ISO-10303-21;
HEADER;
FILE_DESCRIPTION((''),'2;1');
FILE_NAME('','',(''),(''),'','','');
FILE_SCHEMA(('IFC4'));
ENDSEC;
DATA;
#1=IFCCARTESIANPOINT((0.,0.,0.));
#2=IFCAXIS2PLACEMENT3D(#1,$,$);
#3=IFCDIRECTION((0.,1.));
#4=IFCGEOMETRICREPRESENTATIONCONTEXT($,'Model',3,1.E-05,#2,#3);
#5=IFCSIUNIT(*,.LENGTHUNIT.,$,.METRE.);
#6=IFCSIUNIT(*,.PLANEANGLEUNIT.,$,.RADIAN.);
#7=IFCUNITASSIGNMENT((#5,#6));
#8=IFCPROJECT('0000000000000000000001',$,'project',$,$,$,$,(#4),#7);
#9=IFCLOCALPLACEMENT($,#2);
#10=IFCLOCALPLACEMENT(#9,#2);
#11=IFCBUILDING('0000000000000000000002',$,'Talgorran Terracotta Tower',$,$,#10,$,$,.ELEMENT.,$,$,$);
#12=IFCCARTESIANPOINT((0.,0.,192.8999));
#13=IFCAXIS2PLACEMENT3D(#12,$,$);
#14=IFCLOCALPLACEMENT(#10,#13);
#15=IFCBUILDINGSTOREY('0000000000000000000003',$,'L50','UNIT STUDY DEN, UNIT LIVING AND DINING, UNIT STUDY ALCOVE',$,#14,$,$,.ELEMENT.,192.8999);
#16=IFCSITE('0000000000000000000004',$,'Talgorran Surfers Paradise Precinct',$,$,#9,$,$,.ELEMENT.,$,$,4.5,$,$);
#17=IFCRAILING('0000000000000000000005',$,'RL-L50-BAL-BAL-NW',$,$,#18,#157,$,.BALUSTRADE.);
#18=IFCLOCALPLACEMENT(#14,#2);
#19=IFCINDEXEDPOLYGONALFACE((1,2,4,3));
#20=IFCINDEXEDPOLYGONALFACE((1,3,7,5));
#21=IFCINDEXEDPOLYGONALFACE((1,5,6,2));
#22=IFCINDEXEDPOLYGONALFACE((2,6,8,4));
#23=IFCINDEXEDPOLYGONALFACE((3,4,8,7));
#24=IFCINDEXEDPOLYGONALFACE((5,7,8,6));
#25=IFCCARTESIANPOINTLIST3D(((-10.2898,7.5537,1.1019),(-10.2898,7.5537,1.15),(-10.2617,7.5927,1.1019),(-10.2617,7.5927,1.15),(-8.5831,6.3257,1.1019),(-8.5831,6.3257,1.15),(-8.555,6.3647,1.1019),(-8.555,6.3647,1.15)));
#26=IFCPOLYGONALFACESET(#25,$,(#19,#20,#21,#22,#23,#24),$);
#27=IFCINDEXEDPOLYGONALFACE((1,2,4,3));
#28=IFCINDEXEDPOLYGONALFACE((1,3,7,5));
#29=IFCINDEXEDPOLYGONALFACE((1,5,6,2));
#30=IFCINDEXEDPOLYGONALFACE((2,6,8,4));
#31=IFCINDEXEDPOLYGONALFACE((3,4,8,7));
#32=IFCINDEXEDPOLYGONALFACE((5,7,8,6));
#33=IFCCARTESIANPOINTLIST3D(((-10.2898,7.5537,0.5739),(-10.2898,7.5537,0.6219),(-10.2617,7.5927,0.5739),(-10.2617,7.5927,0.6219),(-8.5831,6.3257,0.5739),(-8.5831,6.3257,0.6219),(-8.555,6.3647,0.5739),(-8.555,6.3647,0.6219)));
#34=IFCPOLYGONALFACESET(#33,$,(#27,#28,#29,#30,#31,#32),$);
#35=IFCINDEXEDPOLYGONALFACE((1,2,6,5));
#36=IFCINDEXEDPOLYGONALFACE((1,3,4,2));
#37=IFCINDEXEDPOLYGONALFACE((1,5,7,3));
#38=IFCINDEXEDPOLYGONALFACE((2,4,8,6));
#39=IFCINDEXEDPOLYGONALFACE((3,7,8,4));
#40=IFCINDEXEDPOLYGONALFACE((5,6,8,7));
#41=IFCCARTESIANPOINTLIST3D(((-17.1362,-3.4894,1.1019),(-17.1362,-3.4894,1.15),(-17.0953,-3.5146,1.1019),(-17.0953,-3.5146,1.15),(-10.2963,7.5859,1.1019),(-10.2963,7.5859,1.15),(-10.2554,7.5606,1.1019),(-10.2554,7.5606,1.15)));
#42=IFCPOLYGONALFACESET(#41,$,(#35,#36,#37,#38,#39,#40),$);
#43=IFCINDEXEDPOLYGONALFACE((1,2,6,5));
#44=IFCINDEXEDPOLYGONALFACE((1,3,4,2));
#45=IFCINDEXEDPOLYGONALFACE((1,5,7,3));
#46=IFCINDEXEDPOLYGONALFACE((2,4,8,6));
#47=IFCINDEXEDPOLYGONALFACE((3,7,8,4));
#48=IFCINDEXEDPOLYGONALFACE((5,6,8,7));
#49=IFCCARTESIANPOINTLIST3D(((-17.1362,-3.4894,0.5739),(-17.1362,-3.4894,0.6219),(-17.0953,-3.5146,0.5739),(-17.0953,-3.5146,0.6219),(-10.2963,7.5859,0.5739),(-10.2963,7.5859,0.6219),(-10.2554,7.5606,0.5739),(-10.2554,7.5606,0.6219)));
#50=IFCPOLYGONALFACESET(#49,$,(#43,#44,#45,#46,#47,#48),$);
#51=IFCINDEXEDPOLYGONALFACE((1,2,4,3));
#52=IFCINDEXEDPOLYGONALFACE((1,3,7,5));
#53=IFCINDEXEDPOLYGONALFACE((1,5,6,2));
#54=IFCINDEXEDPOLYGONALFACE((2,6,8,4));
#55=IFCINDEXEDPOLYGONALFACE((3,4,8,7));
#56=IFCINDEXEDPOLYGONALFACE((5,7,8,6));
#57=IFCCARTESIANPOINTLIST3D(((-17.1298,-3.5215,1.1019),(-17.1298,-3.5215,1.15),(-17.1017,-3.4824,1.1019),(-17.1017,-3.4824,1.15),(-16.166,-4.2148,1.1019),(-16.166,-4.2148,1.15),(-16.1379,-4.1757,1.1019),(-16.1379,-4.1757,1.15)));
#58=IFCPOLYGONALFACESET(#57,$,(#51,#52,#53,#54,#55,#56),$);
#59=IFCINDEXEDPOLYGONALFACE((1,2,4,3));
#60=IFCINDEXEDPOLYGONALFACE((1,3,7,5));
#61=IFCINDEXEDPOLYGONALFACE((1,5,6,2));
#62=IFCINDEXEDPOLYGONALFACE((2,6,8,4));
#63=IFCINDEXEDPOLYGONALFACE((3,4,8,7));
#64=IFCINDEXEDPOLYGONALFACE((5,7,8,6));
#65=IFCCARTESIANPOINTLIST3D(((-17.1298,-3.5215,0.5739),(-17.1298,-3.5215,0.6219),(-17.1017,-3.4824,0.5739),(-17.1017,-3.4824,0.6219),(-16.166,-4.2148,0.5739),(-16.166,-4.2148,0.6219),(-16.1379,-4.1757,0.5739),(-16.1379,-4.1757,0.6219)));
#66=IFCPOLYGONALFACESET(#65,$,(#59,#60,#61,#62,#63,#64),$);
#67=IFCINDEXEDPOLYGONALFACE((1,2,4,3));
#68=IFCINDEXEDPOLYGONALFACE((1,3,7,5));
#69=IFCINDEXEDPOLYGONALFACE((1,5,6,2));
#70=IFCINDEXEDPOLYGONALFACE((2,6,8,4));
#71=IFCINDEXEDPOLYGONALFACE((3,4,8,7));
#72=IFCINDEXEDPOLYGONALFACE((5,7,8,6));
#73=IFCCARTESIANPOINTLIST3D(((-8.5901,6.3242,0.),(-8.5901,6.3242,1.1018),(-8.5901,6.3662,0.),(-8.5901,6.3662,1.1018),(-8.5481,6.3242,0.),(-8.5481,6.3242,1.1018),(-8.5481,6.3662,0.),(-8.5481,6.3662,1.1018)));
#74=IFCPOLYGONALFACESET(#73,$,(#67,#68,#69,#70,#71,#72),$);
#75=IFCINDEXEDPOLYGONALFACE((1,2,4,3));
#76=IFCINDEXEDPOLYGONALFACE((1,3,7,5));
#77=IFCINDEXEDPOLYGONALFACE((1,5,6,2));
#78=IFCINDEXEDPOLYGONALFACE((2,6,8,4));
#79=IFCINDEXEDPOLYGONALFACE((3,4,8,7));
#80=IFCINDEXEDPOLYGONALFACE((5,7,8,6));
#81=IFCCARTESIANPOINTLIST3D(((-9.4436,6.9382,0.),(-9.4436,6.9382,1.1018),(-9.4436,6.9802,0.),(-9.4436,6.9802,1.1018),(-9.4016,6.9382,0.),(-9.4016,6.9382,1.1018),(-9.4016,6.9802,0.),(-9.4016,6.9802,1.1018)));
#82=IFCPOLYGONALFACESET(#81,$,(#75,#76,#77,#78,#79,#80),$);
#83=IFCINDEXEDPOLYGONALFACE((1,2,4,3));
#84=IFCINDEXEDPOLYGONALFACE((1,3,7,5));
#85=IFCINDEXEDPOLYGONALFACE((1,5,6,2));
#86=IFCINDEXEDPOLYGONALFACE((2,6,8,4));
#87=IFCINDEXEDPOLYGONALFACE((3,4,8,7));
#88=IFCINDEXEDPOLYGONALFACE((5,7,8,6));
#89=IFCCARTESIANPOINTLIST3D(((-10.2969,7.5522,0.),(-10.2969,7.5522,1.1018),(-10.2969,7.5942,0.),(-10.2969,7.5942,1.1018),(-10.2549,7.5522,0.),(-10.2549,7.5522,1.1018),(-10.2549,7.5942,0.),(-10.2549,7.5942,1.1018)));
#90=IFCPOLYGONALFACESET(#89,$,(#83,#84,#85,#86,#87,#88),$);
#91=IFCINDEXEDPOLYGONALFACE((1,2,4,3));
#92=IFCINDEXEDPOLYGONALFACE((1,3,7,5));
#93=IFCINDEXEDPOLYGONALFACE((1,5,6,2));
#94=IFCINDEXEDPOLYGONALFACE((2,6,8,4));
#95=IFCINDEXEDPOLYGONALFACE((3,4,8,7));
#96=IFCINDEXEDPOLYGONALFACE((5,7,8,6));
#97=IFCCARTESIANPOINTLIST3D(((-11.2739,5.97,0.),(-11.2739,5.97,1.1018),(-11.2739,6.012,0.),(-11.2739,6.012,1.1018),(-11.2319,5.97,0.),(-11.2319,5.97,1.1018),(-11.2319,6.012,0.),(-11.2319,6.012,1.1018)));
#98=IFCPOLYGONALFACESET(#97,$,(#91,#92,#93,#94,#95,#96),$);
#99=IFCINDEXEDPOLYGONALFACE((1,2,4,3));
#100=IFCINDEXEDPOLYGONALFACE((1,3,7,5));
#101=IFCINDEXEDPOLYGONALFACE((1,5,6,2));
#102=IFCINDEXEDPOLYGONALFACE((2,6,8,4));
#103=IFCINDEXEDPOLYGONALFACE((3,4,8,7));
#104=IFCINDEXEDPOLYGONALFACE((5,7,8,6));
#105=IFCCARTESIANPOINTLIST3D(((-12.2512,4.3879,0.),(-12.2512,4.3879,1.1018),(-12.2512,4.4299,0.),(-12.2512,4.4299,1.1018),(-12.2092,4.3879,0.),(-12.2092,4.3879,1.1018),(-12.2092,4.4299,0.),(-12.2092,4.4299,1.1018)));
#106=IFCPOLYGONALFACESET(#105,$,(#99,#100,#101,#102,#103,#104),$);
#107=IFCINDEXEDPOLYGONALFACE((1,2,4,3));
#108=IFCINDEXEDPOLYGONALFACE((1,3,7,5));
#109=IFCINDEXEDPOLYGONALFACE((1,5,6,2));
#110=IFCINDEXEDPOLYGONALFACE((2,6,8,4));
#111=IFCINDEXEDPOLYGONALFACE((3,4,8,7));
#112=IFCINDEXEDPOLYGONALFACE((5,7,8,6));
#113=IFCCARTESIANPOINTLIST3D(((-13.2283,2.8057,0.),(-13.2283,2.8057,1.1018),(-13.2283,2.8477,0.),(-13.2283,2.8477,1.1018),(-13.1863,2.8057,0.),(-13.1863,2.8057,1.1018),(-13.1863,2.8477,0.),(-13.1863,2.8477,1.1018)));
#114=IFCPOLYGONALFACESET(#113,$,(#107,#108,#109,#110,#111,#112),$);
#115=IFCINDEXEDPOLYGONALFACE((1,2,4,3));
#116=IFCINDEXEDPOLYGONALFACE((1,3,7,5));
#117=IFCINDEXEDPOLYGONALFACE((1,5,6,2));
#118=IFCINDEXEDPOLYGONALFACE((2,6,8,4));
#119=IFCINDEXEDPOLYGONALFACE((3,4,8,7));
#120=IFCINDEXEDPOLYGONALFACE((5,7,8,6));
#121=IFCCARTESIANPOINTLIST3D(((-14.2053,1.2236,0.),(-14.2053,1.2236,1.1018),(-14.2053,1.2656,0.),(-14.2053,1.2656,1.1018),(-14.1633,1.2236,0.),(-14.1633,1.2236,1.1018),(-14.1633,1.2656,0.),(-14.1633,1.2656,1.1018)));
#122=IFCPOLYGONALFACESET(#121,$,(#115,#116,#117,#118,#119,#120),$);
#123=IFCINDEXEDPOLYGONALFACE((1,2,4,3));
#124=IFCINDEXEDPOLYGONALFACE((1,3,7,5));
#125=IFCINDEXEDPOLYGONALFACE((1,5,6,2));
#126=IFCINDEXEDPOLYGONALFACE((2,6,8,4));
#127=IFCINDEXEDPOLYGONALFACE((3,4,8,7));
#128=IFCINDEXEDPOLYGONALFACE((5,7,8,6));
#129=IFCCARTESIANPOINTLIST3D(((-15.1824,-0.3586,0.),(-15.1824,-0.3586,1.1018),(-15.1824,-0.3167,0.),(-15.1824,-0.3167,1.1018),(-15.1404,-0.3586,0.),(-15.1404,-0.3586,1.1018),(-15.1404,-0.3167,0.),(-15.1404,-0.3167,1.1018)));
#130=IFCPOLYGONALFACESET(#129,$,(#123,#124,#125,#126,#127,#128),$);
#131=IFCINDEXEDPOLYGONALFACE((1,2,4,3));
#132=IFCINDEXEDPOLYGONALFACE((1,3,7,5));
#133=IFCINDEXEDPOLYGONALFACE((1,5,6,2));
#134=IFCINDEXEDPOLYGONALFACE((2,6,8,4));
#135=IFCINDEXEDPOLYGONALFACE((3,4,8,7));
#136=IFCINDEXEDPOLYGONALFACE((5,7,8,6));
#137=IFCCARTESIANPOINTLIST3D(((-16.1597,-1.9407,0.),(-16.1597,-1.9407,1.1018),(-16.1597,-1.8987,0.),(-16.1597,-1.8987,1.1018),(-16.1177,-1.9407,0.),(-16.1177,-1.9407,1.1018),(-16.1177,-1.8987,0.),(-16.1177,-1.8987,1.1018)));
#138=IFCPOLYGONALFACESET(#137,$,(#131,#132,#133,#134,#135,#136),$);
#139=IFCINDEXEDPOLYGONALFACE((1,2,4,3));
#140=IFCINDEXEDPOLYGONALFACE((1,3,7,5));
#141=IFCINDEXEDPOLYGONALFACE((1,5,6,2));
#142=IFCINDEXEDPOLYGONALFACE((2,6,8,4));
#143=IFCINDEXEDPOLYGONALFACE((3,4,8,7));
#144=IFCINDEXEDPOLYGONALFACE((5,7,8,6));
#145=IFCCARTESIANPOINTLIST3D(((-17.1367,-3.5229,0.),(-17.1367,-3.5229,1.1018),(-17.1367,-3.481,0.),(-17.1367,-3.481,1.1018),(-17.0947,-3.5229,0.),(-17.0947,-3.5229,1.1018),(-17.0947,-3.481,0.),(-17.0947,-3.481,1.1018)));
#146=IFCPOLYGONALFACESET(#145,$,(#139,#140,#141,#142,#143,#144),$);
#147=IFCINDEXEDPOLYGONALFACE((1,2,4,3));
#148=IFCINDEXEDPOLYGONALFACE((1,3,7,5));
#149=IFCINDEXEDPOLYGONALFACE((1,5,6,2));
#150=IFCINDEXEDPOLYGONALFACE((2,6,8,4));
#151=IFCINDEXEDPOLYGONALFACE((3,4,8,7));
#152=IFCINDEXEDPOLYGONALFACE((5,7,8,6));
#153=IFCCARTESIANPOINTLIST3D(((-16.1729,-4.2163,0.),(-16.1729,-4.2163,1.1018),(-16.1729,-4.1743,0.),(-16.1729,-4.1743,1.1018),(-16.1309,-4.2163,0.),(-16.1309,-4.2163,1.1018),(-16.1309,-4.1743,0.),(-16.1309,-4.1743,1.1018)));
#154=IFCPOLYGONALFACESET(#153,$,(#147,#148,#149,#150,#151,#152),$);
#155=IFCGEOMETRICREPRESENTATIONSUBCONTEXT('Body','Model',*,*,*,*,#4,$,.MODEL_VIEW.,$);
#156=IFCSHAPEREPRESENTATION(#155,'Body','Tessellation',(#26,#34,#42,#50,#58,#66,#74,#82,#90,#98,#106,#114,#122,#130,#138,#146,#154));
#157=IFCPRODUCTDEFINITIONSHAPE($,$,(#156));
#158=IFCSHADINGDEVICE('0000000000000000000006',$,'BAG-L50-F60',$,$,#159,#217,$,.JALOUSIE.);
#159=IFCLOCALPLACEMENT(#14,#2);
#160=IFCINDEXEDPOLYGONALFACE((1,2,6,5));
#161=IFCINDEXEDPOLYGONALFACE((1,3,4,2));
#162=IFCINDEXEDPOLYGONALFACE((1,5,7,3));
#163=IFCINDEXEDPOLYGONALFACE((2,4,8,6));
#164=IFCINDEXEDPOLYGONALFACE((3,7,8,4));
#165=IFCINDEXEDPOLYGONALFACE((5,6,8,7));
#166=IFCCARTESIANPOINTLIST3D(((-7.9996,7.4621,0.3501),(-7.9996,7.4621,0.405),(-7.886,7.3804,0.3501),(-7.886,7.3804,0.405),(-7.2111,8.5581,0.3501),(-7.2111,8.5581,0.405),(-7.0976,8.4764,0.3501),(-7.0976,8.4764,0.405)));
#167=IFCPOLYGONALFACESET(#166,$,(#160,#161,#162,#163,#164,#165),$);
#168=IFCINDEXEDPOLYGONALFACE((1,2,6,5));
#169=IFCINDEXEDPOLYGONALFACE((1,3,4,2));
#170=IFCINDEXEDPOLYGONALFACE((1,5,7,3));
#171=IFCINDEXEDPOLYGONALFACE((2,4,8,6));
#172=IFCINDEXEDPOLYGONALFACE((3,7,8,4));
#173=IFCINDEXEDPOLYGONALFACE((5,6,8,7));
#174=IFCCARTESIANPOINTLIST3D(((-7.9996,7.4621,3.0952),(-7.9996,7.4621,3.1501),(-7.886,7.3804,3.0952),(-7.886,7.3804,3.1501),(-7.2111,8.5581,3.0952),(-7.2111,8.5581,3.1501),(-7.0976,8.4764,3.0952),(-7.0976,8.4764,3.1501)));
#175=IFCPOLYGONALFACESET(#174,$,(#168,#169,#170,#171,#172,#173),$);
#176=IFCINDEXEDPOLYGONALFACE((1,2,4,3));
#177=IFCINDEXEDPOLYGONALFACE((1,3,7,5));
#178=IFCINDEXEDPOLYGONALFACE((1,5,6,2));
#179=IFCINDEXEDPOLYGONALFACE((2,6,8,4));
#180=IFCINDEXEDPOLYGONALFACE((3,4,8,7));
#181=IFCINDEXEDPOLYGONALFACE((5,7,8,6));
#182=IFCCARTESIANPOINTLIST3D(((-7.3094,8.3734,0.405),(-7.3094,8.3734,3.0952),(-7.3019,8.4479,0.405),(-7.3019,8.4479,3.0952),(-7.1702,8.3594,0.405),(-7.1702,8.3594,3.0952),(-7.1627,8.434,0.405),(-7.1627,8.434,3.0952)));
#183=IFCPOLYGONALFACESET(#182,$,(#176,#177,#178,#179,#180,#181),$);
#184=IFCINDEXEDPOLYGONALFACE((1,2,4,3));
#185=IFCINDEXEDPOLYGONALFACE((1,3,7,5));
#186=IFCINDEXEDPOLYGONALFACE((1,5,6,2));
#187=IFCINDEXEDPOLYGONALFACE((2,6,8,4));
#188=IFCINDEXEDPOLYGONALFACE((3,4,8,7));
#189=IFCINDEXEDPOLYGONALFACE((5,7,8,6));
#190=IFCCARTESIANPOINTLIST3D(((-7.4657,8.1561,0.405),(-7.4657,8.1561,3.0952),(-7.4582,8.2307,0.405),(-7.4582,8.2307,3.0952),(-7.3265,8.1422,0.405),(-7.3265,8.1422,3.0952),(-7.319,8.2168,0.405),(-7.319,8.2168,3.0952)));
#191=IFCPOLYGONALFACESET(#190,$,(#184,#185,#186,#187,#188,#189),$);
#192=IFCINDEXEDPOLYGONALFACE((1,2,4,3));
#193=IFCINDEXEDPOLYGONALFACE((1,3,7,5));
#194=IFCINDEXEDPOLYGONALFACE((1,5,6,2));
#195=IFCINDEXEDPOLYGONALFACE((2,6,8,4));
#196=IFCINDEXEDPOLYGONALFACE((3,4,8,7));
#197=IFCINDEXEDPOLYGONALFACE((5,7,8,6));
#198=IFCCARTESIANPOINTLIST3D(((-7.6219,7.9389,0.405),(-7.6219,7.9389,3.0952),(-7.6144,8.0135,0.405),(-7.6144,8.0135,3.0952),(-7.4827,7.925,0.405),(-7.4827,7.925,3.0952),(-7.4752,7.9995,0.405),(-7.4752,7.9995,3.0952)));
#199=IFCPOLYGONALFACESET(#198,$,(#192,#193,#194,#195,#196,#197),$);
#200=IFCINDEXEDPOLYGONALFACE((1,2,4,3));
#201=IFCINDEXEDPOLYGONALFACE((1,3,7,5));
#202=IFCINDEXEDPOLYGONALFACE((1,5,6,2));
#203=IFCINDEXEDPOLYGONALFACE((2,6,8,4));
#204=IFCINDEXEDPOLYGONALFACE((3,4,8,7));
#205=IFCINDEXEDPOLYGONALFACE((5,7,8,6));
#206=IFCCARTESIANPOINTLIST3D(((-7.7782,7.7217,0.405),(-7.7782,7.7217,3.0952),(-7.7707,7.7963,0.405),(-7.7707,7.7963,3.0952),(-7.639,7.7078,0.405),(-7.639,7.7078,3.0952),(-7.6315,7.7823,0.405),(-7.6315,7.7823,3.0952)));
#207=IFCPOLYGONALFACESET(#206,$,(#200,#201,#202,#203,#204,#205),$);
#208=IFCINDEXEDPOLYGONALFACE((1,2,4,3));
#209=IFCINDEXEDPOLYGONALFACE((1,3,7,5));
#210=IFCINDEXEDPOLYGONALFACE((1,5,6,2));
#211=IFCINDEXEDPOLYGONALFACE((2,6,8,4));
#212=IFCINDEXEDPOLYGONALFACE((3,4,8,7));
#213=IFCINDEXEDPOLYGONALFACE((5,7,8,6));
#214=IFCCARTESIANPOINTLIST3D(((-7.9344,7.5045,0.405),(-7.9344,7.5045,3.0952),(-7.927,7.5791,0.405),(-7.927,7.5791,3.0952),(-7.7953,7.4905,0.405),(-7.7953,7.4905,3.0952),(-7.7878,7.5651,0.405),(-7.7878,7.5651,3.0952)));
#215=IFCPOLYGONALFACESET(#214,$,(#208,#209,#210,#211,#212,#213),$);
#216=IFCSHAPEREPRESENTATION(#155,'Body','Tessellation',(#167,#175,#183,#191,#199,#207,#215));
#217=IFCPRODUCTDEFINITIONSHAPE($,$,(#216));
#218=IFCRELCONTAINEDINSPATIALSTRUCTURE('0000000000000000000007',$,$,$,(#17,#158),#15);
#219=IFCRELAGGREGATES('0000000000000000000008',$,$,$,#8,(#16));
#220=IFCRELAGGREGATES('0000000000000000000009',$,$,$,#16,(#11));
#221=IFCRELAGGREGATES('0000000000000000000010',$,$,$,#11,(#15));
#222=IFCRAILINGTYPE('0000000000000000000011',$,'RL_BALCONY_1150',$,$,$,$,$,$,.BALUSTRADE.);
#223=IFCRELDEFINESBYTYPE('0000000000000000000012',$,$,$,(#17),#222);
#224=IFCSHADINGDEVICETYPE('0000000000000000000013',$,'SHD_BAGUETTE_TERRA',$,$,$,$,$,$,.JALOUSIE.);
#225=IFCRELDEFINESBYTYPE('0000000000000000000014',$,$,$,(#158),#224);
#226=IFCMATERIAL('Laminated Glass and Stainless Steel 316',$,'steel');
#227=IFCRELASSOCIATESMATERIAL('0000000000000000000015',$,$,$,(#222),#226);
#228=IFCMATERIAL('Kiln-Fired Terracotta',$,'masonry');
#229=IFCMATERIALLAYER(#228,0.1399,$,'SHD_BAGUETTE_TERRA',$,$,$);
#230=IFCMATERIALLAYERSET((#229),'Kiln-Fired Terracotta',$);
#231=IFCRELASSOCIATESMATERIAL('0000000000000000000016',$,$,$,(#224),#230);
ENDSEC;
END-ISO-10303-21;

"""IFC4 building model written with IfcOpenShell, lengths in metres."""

from ifc_helpers import new_model, si_unit, direction, frame, origin, origin_2d, place, context, subcontext, project, spatial, rectangle, extrude, source, transform, mapped, material, layer, layer_set, type_object, type_shapes, element, save


model = new_model("IFC4")

# Units and contexts
model_context = context("Model", 3, precision=1e-05, world=origin(), true_north=direction((0.0, 1.0)))
body_context = subcontext(model_context, "Body", "Model", "MODEL_VIEW")
ifc_project = project(units=[si_unit("LENGTHUNIT", "METRE"), si_unit("PLANEANGLEUNIT", "RADIAN")], contexts=[model_context])

# Site, building, storey
site_placement = place(None, origin())
site = spatial("IfcSite", under=ifc_project, at=site_placement, Name="Talgorran Surfers Paradise Precinct", CompositionType="ELEMENT", RefElevation=4.5)
building_placement = place(site_placement, origin())
building = spatial("IfcBuilding", under=site, at=building_placement, Name="Talgorran Terracotta Tower", CompositionType="ELEMENT")
storey_placement = place(building_placement, frame((0.0, 0.0, 192.8999)))
storey = spatial("IfcBuildingStorey", under=building, at=storey_placement, Name="L50", Description="UNIT STUDY DEN, UNIT LIVING AND DINING, UNIT STUDY ALCOVE", CompositionType="ELEMENT", Elevation=192.8999)

# Railing
ifc_material_1 = material(Name="Laminated Glass and Stainless Steel 316", Category="steel")
railing_type = type_object("IfcRailingType", Name="RL_BALCONY_1150", PredefinedType="BALUSTRADE", material=ifc_material_1)
railing_placement = place(storey_placement, frame((-8.5691, 6.3452, 0.0)))
element("IfcRailing", 1, at=railing_placement, inside=storey, type_object=railing_type, Name="RL-L50-BAL-BAL-NW", PredefinedType="BALUSTRADE", context=body_context, shape_type="SweptSolid", body=[
    extrude(rectangle(XDim=0.0481, YDim=0.0481, at=origin_2d()), frame((0.0, 0.0, 1.126), z_axis=(-0.811728, 0.584036, 0.0), x_axis=(-0.584036, -0.811728, 0.0)), (0.0, 0.0, 1.0), 2.1025),
    extrude(rectangle(XDim=0.0481, YDim=0.0481, at=origin_2d()), frame((0.0, 0.0, 0.5979), z_axis=(-0.811728, 0.584036, 0.0), x_axis=(-0.584036, -0.811728, 0.0)), (0.0, 0.0, 1.0), 2.1025),
    extrude(rectangle(XDim=0.0481, YDim=0.0481, at=origin_2d()), frame((-1.7068, 1.228, 1.126), z_axis=(-0.525453, -0.850823, 0.0), x_axis=(0.850823, -0.525453, 0.0)), (0.0, 0.0, 1.0), 13.0171),
    extrude(rectangle(XDim=0.0481, YDim=0.0481, at=origin_2d()), frame((-1.7068, 1.228, 0.5979), z_axis=(-0.525453, -0.850823, 0.0), x_axis=(0.850823, -0.525453, 0.0)), (0.0, 0.0, 1.0), 13.0171),
    extrude(rectangle(XDim=0.0481, YDim=0.0481, at=origin_2d()), frame((-8.5466, -9.8472, 1.126), z_axis=(0.811784, -0.583958, 0.0), x_axis=(0.583958, 0.811784, 0.0)), (0.0, 0.0, 1.0), 1.1873),
    extrude(rectangle(XDim=0.0481, YDim=0.0481, at=origin_2d()), frame((-8.5466, -9.8472, 0.5979), z_axis=(0.811784, -0.583958, 0.0), x_axis=(0.583958, 0.811784, 0.0)), (0.0, 0.0, 1.0), 1.1873),
    extrude(rectangle(XDim=0.042, YDim=0.042, at=origin_2d()), origin(), (0.0, 0.0, 1.0), 1.1018),
    extrude(rectangle(XDim=0.042, YDim=0.042, at=origin_2d()), frame((-0.8535, 0.614, 0.0)), (0.0, 0.0, 1.0), 1.1018),
    extrude(rectangle(XDim=0.042, YDim=0.042, at=origin_2d()), frame((-1.7068, 1.228, 0.0)), (0.0, 0.0, 1.0), 1.1018),
    extrude(rectangle(XDim=0.042, YDim=0.042, at=origin_2d()), frame((-2.6838, -0.3542, 0.0)), (0.0, 0.0, 1.0), 1.1018),
    extrude(rectangle(XDim=0.042, YDim=0.042, at=origin_2d()), frame((-3.6611, -1.9363, 0.0)), (0.0, 0.0, 1.0), 1.1018),
    extrude(rectangle(XDim=0.042, YDim=0.042, at=origin_2d()), frame((-4.6382, -3.5186, 0.0)), (0.0, 0.0, 1.0), 1.1018),
    extrude(rectangle(XDim=0.042, YDim=0.042, at=origin_2d()), frame((-5.6152, -5.1006, 0.0)), (0.0, 0.0, 1.0), 1.1018),
    extrude(rectangle(XDim=0.042, YDim=0.042, at=origin_2d()), frame((-6.5923, -6.6829, 0.0)), (0.0, 0.0, 1.0), 1.1018),
    extrude(rectangle(XDim=0.042, YDim=0.042, at=origin_2d()), frame((-7.5696, -8.2649, 0.0)), (0.0, 0.0, 1.0), 1.1018),
    extrude(rectangle(XDim=0.042, YDim=0.042, at=origin_2d()), frame((-8.5466, -9.8472, 0.0)), (0.0, 0.0, 1.0), 1.1018),
    extrude(rectangle(XDim=0.042, YDim=0.042, at=origin_2d()), frame((-7.5828, -10.5405, 0.0)), (0.0, 0.0, 1.0), 1.1018),
])

# Shading device
ifc_material_2 = material(Name="Kiln-Fired Terracotta", Category="masonry")
ifc_layer_1 = layer(ifc_material_2, 0.1399, Name="SHD_BAGUETTE_TERRA")
ifc_layer_set_1 = layer_set([ifc_layer_1], Name="Kiln-Fired Terracotta")
shading_device_type = type_object("IfcShadingDeviceType", Name="SHD_BAGUETTE_TERRA", PredefinedType="JALOUSIE", material=ifc_layer_set_1)
shared_shape_1 = source(origin(), body_context, "Body", "SweptSolid", [
    extrude(rectangle(XDim=1.3501, YDim=0.1399, at=origin_2d()), origin(), (0.0, 0.0, 1.0), 0.0549),
    extrude(rectangle(XDim=1.3501, YDim=0.1399, at=origin_2d()), frame((0.0, 0.0, 2.7451)), (0.0, 0.0, 1.0), 0.0549),
    extrude(rectangle(XDim=0.075, YDim=0.1399, at=origin_2d()), frame((-0.5352, 0.0, 0.0549), z_axis=(0.0, 0.0, 1.0), x_axis=(0.866025, 0.5, 0.0)), (0.0, 0.0, 1.0), 2.6902),
    extrude(rectangle(XDim=0.075, YDim=0.1399, at=origin_2d()), frame((-0.2676, 0.0, 0.0549), z_axis=(0.0, 0.0, 1.0), x_axis=(0.866025, 0.5, 0.0)), (0.0, 0.0, 1.0), 2.6902),
    extrude(rectangle(XDim=0.075, YDim=0.1399, at=origin_2d()), frame((0.0, 0.0, 0.0549), z_axis=(0.0, 0.0, 1.0), x_axis=(0.866025, 0.5, 0.0)), (0.0, 0.0, 1.0), 2.6902),
    extrude(rectangle(XDim=0.075, YDim=0.1399, at=origin_2d()), frame((0.2676, 0.0, 0.0549), z_axis=(0.0, 0.0, 1.0), x_axis=(0.866025, 0.5, 0.0)), (0.0, 0.0, 1.0), 2.6902),
    extrude(rectangle(XDim=0.075, YDim=0.1399, at=origin_2d()), frame((0.5352, 0.0, 0.0549), z_axis=(0.0, 0.0, 1.0), x_axis=(0.866025, 0.5, 0.0)), (0.0, 0.0, 1.0), 2.6902),
])
type_shapes(shading_device_type, [shared_shape_1])
shading_device_placement = place(storey_placement, frame((-7.5486, 7.9692, 0.3501), z_axis=(0.0, 0.0, 1.0), x_axis=(-0.583981, -0.811768, 0.0)))
element("IfcShadingDevice", 2, at=shading_device_placement, inside=storey, type_object=shading_device_type, Name="BAG-L50-F60", PredefinedType="JALOUSIE", context=body_context, shape_type="MappedRepresentation", body=[
    mapped(shared_shape_1, transform((0.0, 0.0, 0.0), scale=1.0)),
])

save(model, "model.ifc")
